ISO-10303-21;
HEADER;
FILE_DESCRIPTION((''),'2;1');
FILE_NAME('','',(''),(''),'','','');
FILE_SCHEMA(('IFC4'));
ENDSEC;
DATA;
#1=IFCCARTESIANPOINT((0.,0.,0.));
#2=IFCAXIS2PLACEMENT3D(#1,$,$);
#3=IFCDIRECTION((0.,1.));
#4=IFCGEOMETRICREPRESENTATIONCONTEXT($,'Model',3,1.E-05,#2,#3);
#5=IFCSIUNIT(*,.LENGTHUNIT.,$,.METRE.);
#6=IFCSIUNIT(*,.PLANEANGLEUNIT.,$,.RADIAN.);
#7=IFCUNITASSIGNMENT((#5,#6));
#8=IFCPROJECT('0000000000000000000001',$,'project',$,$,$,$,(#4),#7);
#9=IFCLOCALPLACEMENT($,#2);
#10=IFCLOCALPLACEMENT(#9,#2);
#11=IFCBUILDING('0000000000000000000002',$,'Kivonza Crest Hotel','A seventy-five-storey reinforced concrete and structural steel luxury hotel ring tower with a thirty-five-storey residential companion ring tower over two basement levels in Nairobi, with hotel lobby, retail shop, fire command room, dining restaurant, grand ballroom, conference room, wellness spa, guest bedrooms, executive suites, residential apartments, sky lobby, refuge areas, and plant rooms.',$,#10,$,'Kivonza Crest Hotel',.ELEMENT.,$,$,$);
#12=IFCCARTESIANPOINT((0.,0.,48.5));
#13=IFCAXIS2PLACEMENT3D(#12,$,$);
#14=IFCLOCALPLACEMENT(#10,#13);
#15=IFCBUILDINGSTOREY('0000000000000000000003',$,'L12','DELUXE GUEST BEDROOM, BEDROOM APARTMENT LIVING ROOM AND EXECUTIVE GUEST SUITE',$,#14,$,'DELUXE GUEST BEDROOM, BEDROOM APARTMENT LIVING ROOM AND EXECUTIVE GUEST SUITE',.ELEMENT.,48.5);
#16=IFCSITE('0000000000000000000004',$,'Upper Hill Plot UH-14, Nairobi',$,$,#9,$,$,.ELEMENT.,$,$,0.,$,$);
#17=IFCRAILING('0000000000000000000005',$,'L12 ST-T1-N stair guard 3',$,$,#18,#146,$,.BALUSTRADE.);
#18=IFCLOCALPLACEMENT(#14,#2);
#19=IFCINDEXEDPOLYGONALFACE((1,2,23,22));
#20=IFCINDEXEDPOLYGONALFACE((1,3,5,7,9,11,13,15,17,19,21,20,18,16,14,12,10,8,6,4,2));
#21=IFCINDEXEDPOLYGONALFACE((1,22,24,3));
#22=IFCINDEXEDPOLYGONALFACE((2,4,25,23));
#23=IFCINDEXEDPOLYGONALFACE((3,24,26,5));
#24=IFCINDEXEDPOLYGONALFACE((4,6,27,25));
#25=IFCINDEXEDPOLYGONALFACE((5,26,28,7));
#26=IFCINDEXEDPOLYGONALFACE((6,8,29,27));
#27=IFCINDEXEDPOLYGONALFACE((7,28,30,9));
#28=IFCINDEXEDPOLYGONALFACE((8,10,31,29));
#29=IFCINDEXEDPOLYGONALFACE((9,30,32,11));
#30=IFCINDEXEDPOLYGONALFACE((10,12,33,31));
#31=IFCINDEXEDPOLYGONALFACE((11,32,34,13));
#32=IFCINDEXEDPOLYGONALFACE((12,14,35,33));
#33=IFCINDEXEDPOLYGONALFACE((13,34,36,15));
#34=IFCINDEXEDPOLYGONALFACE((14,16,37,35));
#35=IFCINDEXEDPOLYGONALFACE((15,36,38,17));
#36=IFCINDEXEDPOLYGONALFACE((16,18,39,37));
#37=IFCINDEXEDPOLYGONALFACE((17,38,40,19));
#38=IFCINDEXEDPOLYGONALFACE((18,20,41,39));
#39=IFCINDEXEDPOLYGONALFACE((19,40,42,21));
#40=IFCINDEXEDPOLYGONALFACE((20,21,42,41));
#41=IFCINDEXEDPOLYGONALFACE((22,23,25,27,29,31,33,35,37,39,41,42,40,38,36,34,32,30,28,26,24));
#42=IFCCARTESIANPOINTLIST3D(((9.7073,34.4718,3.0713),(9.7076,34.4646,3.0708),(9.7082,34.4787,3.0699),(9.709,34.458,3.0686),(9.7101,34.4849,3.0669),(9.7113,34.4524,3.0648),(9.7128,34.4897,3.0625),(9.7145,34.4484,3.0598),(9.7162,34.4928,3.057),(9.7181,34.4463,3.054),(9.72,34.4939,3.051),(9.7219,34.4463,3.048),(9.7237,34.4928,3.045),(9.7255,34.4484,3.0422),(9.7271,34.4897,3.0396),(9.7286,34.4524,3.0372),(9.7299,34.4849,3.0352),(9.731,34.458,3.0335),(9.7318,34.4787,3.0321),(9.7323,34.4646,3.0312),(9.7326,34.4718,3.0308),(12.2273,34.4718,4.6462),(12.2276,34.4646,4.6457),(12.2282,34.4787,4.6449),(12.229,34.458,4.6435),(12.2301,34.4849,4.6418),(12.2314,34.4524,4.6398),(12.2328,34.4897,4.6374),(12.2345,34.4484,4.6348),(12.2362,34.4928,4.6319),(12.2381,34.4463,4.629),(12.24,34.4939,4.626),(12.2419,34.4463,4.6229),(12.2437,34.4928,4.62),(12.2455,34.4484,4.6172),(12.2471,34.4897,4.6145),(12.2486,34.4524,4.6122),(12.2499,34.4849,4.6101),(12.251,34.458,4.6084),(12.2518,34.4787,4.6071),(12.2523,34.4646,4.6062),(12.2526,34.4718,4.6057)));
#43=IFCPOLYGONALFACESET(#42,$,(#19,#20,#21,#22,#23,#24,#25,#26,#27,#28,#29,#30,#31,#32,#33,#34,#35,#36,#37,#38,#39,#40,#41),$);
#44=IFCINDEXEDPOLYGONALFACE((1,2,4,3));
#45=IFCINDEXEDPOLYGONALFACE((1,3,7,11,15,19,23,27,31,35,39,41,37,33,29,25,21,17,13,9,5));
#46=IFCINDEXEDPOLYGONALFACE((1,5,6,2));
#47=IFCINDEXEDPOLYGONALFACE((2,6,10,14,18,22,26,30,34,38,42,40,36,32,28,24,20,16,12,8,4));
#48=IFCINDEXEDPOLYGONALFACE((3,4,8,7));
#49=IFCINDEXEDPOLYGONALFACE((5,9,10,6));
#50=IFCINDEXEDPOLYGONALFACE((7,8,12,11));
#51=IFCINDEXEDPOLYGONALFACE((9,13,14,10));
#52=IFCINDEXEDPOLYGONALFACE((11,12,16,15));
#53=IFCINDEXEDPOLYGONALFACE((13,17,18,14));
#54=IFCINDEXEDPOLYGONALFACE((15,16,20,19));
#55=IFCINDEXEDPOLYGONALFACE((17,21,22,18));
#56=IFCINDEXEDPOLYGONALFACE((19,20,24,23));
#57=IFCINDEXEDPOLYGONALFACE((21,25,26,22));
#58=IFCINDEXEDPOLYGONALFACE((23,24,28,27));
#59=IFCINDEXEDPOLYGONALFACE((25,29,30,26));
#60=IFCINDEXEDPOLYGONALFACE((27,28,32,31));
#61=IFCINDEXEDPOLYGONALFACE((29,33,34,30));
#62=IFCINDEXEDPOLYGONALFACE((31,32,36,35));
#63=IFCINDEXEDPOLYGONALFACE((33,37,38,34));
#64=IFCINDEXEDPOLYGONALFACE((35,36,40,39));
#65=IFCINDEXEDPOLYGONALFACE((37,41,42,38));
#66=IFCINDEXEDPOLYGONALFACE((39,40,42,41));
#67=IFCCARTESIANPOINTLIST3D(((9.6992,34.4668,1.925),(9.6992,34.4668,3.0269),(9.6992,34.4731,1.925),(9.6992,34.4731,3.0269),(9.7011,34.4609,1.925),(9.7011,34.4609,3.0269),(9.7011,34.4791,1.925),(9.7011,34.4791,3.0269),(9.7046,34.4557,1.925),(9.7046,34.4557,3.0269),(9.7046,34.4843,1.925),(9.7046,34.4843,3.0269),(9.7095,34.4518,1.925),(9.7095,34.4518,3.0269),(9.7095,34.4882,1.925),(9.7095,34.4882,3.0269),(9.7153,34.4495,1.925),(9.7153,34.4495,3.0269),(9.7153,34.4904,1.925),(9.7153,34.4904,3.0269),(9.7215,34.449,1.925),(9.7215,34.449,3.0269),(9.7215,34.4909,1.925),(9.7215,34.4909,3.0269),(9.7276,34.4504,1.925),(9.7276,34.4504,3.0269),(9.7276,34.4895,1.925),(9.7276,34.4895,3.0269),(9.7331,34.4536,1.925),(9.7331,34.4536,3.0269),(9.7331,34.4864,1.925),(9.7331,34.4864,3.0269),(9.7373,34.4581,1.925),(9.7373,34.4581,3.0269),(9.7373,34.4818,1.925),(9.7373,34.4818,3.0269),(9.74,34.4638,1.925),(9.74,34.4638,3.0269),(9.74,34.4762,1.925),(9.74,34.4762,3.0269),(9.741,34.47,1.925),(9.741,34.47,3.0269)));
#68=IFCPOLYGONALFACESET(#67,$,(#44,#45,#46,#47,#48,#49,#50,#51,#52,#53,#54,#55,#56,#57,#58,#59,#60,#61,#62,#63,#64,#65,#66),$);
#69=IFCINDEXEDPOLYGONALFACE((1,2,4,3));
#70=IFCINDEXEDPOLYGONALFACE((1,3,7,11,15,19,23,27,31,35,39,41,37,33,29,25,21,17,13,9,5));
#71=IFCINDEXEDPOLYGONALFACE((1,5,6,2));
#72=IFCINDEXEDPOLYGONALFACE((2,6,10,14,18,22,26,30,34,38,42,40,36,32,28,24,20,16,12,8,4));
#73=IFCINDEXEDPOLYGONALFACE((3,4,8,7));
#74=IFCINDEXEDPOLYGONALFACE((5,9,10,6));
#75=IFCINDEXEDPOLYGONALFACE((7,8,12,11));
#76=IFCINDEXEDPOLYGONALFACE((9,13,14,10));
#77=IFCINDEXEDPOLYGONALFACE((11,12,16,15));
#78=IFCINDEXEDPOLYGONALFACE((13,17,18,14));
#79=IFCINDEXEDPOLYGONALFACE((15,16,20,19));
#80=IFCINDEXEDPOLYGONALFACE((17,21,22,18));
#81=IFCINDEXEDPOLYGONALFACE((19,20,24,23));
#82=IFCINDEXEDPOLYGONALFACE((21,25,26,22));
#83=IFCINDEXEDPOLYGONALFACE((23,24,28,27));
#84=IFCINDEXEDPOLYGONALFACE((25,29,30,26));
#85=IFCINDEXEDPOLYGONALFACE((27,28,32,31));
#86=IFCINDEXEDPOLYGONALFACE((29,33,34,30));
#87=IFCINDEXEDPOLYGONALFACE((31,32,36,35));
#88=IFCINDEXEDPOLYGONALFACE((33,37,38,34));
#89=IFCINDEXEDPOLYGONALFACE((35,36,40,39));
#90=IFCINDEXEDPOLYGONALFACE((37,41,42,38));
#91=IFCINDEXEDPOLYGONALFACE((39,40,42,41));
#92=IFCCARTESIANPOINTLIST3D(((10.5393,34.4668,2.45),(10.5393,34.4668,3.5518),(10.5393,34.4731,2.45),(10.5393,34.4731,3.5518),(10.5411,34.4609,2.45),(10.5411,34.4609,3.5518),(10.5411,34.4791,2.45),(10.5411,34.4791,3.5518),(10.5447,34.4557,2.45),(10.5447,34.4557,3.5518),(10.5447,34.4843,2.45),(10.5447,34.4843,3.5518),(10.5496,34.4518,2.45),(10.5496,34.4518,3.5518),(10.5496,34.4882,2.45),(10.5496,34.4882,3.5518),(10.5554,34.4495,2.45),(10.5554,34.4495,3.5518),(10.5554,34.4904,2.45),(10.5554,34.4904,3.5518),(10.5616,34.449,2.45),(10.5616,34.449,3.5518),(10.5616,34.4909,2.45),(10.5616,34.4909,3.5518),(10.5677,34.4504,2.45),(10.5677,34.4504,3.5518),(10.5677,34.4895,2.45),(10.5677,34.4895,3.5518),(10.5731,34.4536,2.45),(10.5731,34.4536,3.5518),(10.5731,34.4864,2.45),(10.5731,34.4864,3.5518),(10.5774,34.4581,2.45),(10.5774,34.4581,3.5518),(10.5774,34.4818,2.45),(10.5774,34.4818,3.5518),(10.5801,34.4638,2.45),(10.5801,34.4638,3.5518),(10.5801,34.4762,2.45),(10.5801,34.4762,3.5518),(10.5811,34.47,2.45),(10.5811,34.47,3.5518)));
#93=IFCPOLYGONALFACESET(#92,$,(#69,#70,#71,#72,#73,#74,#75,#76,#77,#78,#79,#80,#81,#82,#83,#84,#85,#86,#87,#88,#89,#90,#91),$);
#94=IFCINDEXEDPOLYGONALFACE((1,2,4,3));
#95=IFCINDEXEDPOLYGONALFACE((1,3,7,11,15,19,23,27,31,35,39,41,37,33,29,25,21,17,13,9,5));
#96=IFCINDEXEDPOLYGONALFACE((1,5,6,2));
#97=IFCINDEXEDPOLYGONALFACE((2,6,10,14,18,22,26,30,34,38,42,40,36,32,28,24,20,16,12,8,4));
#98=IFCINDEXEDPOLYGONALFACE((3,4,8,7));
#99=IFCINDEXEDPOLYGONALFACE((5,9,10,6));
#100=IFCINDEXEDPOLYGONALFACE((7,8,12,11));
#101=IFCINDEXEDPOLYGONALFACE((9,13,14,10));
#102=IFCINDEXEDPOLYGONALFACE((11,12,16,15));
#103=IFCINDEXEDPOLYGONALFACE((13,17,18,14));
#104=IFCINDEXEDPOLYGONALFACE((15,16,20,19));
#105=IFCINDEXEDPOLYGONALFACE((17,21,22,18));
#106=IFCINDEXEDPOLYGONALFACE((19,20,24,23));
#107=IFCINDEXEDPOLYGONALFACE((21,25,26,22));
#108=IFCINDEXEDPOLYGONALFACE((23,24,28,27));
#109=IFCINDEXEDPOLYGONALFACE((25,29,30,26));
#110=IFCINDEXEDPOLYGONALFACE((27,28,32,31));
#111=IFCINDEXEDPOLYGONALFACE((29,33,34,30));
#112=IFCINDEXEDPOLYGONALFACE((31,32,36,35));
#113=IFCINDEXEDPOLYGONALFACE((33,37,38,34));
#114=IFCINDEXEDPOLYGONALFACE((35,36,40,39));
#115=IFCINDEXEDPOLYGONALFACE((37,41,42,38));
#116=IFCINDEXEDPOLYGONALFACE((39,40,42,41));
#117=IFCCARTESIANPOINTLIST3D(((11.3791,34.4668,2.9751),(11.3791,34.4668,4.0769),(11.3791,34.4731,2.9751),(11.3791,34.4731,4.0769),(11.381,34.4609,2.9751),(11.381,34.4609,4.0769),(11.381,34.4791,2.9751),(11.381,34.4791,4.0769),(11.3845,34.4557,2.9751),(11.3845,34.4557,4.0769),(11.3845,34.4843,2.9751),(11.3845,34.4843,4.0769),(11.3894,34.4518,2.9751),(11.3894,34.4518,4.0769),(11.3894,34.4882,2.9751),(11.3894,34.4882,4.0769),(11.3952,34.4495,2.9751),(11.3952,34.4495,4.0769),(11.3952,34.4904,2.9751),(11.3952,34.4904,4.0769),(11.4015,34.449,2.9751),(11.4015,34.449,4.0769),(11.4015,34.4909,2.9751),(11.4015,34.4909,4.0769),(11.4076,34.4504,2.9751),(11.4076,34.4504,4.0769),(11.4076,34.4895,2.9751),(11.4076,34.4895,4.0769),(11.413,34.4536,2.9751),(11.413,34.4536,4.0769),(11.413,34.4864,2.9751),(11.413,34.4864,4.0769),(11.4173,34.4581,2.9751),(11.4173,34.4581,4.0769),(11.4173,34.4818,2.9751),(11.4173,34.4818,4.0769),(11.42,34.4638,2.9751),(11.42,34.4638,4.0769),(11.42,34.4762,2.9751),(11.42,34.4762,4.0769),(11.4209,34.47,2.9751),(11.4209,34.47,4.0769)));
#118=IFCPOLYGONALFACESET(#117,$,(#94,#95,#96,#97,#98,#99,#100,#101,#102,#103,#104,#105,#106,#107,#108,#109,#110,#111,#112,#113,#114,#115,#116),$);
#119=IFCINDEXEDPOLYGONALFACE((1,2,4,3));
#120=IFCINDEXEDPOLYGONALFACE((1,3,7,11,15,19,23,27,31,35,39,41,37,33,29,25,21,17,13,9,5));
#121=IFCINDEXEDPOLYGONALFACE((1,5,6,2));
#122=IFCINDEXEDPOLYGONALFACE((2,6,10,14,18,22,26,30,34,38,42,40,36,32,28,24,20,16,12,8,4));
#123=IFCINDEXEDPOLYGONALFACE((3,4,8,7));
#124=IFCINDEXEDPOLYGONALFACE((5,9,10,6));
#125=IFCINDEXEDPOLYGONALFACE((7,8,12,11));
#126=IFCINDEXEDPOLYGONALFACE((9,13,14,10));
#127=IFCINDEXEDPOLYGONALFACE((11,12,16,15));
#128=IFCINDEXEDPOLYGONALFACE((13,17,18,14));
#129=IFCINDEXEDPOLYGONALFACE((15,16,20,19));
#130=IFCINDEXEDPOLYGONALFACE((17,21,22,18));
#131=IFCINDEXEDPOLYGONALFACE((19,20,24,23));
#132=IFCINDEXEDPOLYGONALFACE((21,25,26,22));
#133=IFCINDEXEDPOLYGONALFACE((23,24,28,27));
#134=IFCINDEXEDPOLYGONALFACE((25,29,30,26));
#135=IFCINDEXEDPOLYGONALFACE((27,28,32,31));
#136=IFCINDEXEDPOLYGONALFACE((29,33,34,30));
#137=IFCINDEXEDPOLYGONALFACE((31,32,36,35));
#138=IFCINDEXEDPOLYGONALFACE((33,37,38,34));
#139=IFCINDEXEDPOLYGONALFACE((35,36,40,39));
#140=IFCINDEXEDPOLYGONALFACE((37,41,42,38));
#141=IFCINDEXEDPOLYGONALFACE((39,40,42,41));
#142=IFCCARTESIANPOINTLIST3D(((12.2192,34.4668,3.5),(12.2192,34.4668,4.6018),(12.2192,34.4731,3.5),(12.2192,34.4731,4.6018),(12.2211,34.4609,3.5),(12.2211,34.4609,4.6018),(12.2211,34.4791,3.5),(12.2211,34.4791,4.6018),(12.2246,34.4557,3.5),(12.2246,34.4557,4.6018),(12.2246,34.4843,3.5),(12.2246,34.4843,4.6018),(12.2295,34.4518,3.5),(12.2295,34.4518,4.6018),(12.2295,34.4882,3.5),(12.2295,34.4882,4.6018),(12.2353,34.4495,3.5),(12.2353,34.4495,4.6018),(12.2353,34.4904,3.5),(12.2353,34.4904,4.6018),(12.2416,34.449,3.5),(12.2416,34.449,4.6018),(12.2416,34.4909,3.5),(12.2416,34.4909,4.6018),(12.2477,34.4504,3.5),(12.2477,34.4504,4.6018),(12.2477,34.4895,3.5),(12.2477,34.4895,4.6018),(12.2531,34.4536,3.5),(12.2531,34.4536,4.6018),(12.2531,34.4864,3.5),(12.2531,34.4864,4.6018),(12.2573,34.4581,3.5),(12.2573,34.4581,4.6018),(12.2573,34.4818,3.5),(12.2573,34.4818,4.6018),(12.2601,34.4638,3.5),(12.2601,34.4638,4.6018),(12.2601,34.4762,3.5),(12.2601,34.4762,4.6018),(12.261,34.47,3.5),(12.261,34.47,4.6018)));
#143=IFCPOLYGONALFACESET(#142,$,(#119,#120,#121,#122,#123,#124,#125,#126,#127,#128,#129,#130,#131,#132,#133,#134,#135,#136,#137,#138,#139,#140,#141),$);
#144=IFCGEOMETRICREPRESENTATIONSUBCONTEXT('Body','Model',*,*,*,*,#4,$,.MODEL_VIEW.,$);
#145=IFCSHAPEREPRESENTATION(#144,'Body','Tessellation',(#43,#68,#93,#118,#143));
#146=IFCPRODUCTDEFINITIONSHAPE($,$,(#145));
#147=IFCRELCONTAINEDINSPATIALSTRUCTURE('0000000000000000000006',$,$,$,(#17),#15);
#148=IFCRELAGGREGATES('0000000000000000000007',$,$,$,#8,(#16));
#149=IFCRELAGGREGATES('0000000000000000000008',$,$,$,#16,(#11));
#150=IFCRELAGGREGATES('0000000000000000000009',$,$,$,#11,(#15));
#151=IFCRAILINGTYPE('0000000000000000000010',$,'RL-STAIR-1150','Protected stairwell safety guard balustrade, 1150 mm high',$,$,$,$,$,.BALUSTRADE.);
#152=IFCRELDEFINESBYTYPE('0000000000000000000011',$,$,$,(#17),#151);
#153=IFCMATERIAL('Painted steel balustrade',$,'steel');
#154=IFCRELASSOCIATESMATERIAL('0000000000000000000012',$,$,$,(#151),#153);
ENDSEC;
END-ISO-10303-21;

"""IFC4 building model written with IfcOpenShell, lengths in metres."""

from ifc_helpers import new_model, si_unit, direction, frame, origin, origin_2d, place, context, subcontext, project, spatial, circle, extrude, material, type_object, element, save


model = new_model("IFC4")

# Units and contexts
model_context = context("Model", 3, precision=1e-05, world=origin(), true_north=direction((0.0, 1.0)))
body_context = subcontext(model_context, "Body", "Model", "MODEL_VIEW")
ifc_project = project(units=[si_unit("LENGTHUNIT", "METRE"), si_unit("PLANEANGLEUNIT", "RADIAN")], contexts=[model_context])

# Site, building, storey
site_placement = place(None, origin())
site = spatial("IfcSite", under=ifc_project, at=site_placement, Name="Upper Hill Plot UH-14, Nairobi", CompositionType="ELEMENT", RefElevation=0.0)
building_placement = place(site_placement, origin())
building = spatial("IfcBuilding", under=site, at=building_placement, Name="Kivonza Crest Hotel", Description="A seventy-five-storey reinforced concrete and structural steel luxury hotel ring tower with a thirty-five-storey residential companion ring tower over two basement levels in Nairobi, with hotel lobby, retail shop, fire command room, dining restaurant, grand ballroom, conference room, wellness spa, guest bedrooms, executive suites, residential apartments, sky lobby, refuge areas, and plant rooms.", LongName="Kivonza Crest Hotel", CompositionType="ELEMENT")
storey_placement = place(building_placement, frame((0.0, 0.0, 48.5)))
storey = spatial("IfcBuildingStorey", under=building, at=storey_placement, Name="L12", Description="DELUXE GUEST BEDROOM, BEDROOM APARTMENT LIVING ROOM AND EXECUTIVE GUEST SUITE", LongName="DELUXE GUEST BEDROOM, BEDROOM APARTMENT LIVING ROOM AND EXECUTIVE GUEST SUITE", CompositionType="ELEMENT", Elevation=48.5)

# Railing
ifc_material_1 = material(Name="Painted steel balustrade", Category="steel")
railing_type_1 = type_object("IfcRailingType", Name="RL-STAIR-1150", Description="Protected stairwell safety guard balustrade, 1150 mm high", PredefinedType="BALUSTRADE", material=ifc_material_1)
railing_1_placement = place(storey_placement, frame((9.72, 34.47, 1.925)))
element("IfcRailing", 1, at=railing_1_placement, inside=storey, type_object=railing_type_1, Name="L12 ST-T1-N stair guard 3", PredefinedType="BALUSTRADE", context=body_context, shape_type="SweptSolid", body=[
    extrude(circle(Radius=0.0239, at=origin_2d()), frame((0.0, 0.0, 1.126), z_axis=(0.848008, 0.0, 0.529984), x_axis=(0.0, 1.0, 0.0)), (0.0, 0.0, 1.0), 2.9717),
    extrude(circle(Radius=0.021, at=origin_2d()), origin(), (0.0, 0.0, 1.0), 1.1018),
    extrude(circle(Radius=0.021, at=origin_2d()), frame((0.8401, 0.0, 0.5249)), (0.0, 0.0, 1.0), 1.1018),
    extrude(circle(Radius=0.021, at=origin_2d()), frame((1.6799, 0.0, 1.05)), (0.0, 0.0, 1.0), 1.1018),
    extrude(circle(Radius=0.021, at=origin_2d()), frame((2.52, 0.0, 1.575)), (0.0, 0.0, 1.0), 1.1018),
])

save(model, "model.ifc")
